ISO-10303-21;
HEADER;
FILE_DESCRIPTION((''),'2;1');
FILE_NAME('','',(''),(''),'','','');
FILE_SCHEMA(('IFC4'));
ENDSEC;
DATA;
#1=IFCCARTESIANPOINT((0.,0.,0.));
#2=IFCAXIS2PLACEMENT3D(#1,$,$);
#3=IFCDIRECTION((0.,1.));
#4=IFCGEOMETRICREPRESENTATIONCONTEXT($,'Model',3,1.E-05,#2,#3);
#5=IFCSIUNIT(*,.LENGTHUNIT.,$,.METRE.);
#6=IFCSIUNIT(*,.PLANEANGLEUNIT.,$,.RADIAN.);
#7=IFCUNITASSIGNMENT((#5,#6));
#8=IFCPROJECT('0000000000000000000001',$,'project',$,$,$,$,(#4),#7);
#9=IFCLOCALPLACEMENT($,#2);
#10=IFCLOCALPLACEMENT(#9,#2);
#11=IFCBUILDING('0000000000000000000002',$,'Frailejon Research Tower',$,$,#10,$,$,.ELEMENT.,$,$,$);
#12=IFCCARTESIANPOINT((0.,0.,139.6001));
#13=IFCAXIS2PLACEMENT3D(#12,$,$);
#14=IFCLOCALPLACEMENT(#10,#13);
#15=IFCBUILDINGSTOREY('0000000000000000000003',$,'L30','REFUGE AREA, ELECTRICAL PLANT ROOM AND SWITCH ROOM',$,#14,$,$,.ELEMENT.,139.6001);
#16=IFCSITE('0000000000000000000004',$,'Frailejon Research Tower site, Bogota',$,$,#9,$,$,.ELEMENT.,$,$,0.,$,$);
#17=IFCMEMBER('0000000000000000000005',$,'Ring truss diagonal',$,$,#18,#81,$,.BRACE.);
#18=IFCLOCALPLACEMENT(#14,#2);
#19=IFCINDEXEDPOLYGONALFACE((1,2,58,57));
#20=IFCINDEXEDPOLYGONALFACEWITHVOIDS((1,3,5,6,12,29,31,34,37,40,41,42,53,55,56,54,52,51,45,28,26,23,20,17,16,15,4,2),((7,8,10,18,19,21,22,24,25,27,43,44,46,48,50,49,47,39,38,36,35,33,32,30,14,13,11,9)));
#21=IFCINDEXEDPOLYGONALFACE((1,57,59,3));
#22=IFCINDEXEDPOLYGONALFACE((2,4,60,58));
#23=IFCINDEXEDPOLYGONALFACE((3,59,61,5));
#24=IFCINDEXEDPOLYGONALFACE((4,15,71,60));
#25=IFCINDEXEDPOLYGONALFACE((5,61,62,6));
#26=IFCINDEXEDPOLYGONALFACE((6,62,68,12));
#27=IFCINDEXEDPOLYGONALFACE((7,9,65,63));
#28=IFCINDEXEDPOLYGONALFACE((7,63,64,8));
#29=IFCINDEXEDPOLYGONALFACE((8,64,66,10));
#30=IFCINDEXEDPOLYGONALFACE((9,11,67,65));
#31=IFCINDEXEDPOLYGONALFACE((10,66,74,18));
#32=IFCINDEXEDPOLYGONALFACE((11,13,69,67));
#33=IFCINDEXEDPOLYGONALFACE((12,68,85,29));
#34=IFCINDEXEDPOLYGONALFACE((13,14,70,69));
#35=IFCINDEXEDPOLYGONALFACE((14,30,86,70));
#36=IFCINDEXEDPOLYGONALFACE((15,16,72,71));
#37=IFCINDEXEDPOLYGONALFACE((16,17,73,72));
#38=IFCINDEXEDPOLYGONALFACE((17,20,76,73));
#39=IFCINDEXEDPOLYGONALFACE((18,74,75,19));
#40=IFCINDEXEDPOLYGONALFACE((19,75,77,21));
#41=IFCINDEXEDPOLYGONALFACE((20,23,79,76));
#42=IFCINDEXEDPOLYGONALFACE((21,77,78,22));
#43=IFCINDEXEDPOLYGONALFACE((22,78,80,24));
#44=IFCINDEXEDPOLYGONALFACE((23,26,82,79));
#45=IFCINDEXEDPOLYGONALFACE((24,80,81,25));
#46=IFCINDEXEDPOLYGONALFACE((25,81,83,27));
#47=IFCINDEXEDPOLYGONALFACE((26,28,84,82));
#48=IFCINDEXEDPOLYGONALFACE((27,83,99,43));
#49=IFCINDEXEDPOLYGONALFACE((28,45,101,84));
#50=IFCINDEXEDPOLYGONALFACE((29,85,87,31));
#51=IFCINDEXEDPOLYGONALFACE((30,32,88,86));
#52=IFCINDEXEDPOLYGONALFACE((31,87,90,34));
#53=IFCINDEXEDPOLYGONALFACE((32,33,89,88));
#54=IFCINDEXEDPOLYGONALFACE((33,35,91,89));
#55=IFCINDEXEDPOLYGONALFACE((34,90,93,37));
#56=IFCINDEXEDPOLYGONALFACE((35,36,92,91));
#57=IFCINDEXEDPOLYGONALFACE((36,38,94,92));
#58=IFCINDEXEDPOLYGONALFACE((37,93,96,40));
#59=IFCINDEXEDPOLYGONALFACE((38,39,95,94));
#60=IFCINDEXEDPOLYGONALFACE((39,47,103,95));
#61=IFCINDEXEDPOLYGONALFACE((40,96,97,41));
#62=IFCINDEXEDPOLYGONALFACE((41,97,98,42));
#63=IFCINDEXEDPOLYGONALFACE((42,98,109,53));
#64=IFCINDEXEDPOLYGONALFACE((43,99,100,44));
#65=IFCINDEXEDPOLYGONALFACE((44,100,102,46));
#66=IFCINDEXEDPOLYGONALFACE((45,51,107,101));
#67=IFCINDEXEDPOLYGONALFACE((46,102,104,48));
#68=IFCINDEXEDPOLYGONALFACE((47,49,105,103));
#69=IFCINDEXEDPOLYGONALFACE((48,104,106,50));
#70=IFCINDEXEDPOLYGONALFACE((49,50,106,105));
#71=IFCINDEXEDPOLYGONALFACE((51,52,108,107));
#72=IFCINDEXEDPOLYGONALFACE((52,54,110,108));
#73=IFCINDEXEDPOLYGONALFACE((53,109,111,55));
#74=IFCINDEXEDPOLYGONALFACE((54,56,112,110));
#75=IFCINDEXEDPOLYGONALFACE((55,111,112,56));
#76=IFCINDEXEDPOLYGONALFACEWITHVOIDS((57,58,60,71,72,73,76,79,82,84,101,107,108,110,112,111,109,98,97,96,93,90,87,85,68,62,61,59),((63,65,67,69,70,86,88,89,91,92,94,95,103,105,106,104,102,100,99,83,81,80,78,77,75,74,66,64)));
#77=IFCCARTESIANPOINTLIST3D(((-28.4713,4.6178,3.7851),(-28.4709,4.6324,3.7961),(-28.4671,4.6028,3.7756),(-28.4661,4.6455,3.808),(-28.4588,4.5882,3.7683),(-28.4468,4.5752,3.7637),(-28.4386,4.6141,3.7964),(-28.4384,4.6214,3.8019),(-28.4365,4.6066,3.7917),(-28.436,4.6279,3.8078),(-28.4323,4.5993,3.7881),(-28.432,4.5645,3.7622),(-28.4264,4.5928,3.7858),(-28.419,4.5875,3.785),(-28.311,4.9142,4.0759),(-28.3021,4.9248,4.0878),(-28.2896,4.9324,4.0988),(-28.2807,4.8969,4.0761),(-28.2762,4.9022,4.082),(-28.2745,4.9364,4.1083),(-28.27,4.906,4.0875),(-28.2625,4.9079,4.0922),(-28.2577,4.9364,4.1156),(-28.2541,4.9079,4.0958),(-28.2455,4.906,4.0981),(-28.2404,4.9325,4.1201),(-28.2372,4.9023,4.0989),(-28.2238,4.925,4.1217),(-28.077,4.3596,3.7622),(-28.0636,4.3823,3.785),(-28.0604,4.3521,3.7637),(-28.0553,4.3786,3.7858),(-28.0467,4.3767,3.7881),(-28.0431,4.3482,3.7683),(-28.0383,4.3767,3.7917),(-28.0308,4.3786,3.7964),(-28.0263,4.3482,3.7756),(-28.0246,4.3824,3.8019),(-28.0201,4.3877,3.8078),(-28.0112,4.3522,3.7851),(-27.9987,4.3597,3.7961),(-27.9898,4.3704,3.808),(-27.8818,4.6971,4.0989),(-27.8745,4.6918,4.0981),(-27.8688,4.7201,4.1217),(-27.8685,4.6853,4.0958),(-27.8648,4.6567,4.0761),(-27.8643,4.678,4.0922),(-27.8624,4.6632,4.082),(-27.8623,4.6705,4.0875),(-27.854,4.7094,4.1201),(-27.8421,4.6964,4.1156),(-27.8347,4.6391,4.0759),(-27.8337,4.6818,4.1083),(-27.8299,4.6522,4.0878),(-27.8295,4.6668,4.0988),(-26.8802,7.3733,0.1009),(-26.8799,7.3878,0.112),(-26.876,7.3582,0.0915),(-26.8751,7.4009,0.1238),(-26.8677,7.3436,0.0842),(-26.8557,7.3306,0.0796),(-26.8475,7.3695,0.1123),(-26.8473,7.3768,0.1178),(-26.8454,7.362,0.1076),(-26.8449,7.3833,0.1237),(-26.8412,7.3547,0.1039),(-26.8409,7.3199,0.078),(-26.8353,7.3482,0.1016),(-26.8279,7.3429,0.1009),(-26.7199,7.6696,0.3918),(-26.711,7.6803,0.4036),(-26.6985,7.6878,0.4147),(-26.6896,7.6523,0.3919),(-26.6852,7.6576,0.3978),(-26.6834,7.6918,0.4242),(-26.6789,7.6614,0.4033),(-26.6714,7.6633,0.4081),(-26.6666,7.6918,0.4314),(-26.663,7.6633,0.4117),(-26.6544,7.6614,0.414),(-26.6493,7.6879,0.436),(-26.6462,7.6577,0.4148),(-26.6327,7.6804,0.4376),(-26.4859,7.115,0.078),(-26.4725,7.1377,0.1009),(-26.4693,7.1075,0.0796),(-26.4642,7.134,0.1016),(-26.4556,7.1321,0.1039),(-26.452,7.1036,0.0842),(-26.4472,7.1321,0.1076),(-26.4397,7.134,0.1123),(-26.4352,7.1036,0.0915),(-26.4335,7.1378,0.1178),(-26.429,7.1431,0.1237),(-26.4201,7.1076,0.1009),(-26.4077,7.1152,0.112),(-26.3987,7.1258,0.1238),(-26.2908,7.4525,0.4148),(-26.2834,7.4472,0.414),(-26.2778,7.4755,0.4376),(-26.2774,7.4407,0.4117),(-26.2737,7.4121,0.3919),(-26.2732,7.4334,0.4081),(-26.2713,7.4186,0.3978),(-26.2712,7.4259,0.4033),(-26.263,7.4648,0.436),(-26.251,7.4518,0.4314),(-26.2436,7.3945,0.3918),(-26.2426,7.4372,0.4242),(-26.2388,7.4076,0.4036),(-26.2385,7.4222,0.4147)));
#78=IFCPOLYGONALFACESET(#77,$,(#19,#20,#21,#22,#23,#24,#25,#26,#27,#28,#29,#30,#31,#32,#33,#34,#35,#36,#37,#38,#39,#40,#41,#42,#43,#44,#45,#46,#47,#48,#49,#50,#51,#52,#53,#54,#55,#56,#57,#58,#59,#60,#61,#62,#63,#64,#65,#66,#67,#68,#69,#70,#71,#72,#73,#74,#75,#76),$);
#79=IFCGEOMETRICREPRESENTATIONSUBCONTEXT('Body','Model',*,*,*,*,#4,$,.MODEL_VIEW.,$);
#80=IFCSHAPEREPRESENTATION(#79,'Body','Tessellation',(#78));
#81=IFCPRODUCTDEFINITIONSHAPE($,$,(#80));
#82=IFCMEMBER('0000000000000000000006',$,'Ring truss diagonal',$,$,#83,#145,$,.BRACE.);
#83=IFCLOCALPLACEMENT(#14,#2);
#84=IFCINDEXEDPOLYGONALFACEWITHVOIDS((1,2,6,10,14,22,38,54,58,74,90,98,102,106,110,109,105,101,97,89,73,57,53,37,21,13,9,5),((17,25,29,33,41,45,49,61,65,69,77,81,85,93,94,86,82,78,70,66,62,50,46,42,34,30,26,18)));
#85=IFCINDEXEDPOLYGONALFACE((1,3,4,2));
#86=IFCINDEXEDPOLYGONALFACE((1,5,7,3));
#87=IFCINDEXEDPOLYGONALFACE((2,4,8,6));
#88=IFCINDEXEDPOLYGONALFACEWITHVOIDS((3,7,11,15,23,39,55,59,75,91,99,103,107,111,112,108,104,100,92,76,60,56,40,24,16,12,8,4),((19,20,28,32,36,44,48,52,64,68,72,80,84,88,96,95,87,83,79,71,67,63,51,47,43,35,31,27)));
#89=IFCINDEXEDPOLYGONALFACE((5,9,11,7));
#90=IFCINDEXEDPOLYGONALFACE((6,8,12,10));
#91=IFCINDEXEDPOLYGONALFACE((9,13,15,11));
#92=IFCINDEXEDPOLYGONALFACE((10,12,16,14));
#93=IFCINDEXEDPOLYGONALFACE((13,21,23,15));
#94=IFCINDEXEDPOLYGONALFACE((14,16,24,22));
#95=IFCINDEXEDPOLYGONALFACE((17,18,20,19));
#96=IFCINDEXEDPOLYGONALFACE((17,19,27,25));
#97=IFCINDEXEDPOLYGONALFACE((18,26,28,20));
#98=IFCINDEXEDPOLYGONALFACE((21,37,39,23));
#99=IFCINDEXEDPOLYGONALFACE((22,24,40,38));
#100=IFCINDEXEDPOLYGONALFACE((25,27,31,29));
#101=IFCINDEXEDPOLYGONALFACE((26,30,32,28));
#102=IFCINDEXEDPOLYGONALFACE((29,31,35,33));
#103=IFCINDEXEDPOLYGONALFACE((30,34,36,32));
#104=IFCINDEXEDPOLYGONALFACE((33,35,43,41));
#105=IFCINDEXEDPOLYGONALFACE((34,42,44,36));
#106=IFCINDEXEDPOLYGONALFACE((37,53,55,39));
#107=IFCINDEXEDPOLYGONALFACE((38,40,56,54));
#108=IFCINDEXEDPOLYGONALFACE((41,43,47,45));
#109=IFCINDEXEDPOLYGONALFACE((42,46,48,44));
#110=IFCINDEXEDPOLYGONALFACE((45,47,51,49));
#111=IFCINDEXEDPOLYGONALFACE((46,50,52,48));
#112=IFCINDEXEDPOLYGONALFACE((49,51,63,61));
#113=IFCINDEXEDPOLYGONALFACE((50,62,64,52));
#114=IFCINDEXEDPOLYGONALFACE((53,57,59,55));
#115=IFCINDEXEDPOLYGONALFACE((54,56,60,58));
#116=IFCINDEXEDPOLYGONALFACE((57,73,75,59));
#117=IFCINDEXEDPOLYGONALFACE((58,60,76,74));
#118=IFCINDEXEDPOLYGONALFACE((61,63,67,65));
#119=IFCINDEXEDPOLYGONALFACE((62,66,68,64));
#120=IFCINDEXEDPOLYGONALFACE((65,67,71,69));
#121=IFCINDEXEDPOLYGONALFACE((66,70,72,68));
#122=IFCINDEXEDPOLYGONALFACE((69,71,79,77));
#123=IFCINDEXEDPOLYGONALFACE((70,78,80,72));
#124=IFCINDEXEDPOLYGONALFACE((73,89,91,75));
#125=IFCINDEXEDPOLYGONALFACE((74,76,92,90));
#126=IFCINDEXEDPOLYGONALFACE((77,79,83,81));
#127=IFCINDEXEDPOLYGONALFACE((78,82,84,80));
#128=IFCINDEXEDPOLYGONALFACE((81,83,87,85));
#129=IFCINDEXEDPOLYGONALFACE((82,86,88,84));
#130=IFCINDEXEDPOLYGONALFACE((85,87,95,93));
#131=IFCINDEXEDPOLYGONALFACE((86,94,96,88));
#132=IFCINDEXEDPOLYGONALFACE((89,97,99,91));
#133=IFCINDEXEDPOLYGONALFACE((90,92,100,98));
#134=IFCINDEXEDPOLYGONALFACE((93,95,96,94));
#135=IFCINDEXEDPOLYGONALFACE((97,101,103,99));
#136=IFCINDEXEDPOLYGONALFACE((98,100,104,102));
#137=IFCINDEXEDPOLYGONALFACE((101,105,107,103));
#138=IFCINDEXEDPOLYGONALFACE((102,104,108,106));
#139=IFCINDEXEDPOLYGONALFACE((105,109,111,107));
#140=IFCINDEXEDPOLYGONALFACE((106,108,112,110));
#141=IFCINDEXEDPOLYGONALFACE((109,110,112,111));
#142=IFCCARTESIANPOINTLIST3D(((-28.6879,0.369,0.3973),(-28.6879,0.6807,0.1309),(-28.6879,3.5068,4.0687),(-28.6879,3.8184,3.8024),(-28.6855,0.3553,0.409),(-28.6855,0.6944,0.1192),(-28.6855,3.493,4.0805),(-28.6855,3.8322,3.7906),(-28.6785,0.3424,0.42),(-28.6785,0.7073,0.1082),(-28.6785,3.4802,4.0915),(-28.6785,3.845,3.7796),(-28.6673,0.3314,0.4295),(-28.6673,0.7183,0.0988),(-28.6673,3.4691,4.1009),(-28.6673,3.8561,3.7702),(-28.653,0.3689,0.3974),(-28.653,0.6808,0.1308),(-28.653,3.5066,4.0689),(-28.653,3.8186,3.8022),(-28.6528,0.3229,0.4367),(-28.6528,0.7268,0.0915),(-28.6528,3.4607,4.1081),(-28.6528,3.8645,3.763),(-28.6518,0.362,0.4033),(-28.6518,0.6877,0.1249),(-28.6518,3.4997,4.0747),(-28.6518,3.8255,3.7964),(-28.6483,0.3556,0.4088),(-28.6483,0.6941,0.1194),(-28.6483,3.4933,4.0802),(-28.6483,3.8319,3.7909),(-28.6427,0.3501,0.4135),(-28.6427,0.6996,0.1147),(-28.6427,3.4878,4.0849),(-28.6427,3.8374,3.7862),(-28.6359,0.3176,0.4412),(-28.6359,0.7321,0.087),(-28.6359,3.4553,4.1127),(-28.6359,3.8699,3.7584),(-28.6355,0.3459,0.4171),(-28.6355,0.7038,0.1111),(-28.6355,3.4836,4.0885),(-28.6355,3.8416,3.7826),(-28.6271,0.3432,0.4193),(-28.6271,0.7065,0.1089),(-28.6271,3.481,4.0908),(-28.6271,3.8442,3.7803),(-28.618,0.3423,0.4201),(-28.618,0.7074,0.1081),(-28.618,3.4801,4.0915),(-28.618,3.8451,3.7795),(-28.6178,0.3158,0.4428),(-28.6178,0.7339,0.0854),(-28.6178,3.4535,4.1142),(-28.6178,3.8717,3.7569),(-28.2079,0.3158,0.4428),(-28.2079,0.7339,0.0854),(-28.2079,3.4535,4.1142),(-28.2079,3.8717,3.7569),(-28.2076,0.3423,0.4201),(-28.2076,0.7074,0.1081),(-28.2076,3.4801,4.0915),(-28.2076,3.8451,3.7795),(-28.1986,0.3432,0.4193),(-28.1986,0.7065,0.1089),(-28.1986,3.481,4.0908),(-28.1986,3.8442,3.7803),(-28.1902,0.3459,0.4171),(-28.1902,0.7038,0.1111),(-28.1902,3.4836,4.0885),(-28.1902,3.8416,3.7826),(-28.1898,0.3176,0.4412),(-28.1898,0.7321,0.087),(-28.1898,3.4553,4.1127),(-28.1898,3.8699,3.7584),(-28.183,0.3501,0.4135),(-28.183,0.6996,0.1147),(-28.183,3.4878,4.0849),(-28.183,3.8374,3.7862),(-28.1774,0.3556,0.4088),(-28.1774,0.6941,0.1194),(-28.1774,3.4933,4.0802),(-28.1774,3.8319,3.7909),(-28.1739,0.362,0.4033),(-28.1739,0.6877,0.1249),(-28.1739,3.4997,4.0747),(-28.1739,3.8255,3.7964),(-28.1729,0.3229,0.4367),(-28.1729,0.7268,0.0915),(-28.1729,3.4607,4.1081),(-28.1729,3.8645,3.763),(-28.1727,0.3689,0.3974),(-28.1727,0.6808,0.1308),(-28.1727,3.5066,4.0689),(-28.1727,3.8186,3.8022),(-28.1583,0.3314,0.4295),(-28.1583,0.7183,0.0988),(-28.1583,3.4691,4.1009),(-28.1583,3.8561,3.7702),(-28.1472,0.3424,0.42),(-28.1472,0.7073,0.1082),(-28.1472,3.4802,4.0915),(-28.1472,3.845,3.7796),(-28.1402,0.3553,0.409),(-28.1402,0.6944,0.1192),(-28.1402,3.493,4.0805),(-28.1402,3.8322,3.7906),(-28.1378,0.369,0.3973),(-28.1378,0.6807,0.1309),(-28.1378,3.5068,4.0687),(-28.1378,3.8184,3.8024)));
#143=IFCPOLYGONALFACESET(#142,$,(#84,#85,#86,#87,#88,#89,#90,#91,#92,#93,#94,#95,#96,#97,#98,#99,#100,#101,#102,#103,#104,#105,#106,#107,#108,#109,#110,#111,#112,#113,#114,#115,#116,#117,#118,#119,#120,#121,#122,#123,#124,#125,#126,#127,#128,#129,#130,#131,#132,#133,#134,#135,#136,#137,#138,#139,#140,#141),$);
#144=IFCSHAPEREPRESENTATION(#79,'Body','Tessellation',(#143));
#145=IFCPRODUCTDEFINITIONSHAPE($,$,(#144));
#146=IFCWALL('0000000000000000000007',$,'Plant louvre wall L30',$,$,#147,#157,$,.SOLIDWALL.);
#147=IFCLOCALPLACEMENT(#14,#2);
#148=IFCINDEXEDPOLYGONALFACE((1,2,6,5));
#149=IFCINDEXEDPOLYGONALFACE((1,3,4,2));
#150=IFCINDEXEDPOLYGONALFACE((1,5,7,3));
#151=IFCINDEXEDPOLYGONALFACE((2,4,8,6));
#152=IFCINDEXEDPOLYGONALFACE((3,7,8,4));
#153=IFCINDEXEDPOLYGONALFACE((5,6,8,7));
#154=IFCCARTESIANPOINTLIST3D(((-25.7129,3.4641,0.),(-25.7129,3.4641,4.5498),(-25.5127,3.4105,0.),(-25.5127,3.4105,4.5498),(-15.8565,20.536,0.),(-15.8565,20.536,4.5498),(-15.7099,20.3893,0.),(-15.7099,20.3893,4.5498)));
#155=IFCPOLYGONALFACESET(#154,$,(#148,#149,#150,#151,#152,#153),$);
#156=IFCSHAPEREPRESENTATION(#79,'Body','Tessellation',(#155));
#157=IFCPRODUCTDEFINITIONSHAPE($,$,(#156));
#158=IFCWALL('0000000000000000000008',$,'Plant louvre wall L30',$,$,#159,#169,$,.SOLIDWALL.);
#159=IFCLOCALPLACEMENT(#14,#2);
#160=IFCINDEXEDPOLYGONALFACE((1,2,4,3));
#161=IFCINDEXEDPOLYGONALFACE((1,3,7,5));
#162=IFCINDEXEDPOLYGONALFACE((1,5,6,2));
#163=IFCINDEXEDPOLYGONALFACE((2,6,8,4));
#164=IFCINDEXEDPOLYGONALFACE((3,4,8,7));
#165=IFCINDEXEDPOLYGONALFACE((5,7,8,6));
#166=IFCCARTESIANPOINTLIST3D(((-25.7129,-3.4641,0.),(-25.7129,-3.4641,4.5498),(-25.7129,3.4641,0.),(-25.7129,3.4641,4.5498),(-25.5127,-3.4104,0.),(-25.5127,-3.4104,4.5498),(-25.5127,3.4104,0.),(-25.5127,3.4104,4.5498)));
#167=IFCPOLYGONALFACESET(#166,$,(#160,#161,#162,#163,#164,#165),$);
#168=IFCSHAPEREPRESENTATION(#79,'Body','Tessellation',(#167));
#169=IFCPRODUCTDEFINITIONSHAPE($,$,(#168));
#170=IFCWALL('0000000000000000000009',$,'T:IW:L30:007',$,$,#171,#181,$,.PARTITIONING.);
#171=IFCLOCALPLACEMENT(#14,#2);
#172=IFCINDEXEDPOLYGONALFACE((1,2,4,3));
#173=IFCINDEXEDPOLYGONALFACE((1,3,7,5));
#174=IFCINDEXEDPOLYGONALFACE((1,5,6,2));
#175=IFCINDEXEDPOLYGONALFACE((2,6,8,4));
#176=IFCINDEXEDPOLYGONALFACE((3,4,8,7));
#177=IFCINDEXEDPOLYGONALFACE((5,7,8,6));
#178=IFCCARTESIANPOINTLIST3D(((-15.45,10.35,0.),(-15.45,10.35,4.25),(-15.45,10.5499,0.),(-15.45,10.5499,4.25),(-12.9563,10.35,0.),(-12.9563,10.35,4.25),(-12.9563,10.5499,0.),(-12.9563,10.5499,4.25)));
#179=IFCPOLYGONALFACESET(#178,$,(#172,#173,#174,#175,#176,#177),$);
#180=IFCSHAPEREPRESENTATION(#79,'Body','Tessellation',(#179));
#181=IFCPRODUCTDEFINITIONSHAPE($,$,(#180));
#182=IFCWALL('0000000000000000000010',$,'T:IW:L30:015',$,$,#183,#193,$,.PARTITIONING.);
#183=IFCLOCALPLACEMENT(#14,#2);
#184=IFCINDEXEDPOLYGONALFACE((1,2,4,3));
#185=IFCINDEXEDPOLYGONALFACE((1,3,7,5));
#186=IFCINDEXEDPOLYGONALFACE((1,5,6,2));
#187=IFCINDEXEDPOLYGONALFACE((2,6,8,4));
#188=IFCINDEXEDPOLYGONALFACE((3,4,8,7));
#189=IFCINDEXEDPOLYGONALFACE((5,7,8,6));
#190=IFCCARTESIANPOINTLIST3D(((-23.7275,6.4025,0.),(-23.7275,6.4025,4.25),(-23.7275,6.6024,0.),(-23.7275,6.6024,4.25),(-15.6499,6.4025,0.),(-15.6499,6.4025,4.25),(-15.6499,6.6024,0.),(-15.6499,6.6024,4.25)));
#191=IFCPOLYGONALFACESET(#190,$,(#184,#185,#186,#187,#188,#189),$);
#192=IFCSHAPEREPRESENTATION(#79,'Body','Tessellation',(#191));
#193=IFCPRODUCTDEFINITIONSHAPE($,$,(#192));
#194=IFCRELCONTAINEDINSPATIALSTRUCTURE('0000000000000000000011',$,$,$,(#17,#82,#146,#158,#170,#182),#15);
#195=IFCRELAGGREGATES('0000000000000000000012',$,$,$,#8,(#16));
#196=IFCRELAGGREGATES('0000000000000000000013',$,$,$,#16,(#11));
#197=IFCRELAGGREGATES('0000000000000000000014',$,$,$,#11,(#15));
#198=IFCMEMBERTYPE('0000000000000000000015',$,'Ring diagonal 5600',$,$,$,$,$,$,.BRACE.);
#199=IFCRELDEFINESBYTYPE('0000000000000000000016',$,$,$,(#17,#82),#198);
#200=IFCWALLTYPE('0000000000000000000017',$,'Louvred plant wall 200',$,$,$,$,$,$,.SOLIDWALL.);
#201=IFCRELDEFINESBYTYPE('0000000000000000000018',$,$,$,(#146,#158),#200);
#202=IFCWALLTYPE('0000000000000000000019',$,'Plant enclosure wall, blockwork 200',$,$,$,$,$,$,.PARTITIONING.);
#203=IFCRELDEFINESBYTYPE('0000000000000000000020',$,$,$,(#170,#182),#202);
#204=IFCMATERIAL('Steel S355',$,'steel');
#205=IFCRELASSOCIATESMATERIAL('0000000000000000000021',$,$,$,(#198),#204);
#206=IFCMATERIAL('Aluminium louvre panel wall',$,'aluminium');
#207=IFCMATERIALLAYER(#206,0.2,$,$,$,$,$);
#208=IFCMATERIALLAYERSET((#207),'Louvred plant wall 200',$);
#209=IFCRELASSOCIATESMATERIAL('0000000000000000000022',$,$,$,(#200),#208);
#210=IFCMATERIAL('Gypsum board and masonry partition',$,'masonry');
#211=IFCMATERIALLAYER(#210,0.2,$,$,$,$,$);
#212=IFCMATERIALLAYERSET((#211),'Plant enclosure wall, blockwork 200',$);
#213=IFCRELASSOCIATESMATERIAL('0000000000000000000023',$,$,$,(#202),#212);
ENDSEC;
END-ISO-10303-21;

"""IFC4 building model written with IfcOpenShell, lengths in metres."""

from ifc_helpers import new_model, si_unit, direction, frame, frame_2d, origin, origin_2d, place, context, subcontext, project, spatial, polyline, rectangle, hollow_rectangle, outline, extrude, material, layer, layer_set, material_profile, profile_set, type_object, element, save


model = new_model("IFC4")

# Units and contexts
model_context = context("Model", 3, precision=1e-05, world=origin(), true_north=direction((0.0, 1.0)))
body_context = subcontext(model_context, "Body", "Model", "MODEL_VIEW")
ifc_project = project(units=[si_unit("LENGTHUNIT", "METRE"), si_unit("PLANEANGLEUNIT", "RADIAN")], contexts=[model_context])

# Site, building, storey
site_placement = place(None, origin())
site = spatial("IfcSite", under=ifc_project, at=site_placement, Name="Frailejon Research Tower site, Bogota", CompositionType="ELEMENT", RefElevation=0.0)
building_placement = place(site_placement, origin())
building = spatial("IfcBuilding", under=site, at=building_placement, Name="Frailejon Research Tower", CompositionType="ELEMENT")
storey_placement = place(building_placement, frame((0.0, 0.0, 139.6001)))
storey = spatial("IfcBuildingStorey", under=building, at=storey_placement, Name="L30", Description="REFUGE AREA, ELECTRICAL PLANT ROOM AND SWITCH ROOM", CompositionType="ELEMENT", Elevation=139.6001)

# Members
ifc_material_1 = material(Name="Steel S355", Category="steel")
ifc_material_profile_1 = material_profile(ifc_material_1, hollow_rectangle(XDim=0.55, YDim=0.55, WallThickness=0.0349, InnerFilletRadius=0.0349, OuterFilletRadius=0.0701, at=origin_2d()), Name="Ring diagonal 5600")
ifc_profile_set_1 = profile_set([ifc_material_profile_1], Name="Steel S355")
member_type = type_object("IfcMemberType", Name="Ring diagonal 5600", PredefinedType="BRACE", material=ifc_profile_set_1)
for number, where, z_axis, x_axis, name in (
    (1, (-26.5593, 7.3977, 0.2578), (-0.326851, -0.566034, 0.756818), (0.865991, -0.500059, 0.0), "Ring truss diagonal"),
):
    element("IfcMember", number, at=place(storey_placement, frame(where, z_axis=z_axis, x_axis=x_axis)), inside=storey, type_object=member_type, Name=name, PredefinedType="BRACE", context=body_context, shape_type="SweptSolid", body=[
        extrude(hollow_rectangle(XDim=0.55, YDim=0.55, WallThickness=0.0349, InnerFilletRadius=0.0349, OuterFilletRadius=0.0701, at=origin_2d()), origin(), (0.0, 0.0, 1.0), 4.8679),
    ])
member_1_placement = place(storey_placement, frame((-28.4128, 3.6626, 3.9355), z_axis=(0.0, -0.649692, -0.760198), x_axis=(1.0, 0.0, 0.0)))
element("IfcMember", 2, at=member_1_placement, inside=storey, type_object=member_type, Name="Ring truss diagonal", PredefinedType="BRACE", context=body_context, shape_type="SweptSolid", body=[
    extrude(hollow_rectangle(XDim=0.55, YDim=0.55, WallThickness=0.0349, InnerFilletRadius=0.0349, OuterFilletRadius=0.0701, at=origin_2d()), origin(), (0.0, 0.0, 1.0), 4.8296),
])

# Walls
ifc_material_2 = material(Name="Aluminium louvre panel wall", Category="aluminium")
ifc_layer_1 = layer(ifc_material_2, 0.2)
ifc_layer_set_1 = layer_set([ifc_layer_1], Name="Louvred plant wall 200")
wall_type_1 = type_object("IfcWallType", Name="Louvred plant wall 200", PredefinedType="SOLIDWALL", material=ifc_layer_set_1)
wall_1_placement = place(storey_placement, frame((-15.7832, 20.4626, 0.0), z_axis=(0.0, 0.0, 1.0), x_axis=(-0.499999, -0.866026, 0.0)))
element("IfcWall", 3, at=wall_1_placement, inside=storey, type_object=wall_type_1, Name="Plant louvre wall L30", PredefinedType="SOLIDWALL", context=body_context, shape_type="SweptSolid", body=[
    extrude(outline(polyline([(-0.0269, -0.1001), (19.686, -0.1001), (19.6323, 0.1001), (0.0269, 0.1001), (-0.0269, -0.1001)])), origin(), (0.0, 0.0, 1.0), 4.5498),
])
wall_2_placement = place(storey_placement, frame((-25.6128, 3.4373, 0.0), z_axis=(0.0, 0.0, 1.0), x_axis=(0.0, -1.0, 0.0)))
element("IfcWall", 4, at=wall_2_placement, inside=storey, type_object=wall_type_1, Name="Plant louvre wall L30", PredefinedType="SOLIDWALL", context=body_context, shape_type="SweptSolid", body=[
    extrude(outline(polyline([(-0.0269, -0.1001), (6.9014, -0.1001), (6.8477, 0.1001), (0.0269, 0.1001), (-0.0269, -0.1001)])), origin(), (0.0, 0.0, 1.0), 4.5498),
])
ifc_material_3 = material(Name="Gypsum board and masonry partition", Category="masonry")
ifc_layer_2 = layer(ifc_material_3, 0.2)
ifc_layer_set_2 = layer_set([ifc_layer_2], Name="Plant enclosure wall, blockwork 200")
wall_type_2 = type_object("IfcWallType", Name="Plant enclosure wall, blockwork 200", PredefinedType="PARTITIONING", material=ifc_layer_set_2)
wall_3_placement = place(storey_placement, frame((-15.45, 10.45, 0.0), z_axis=(0.0, 0.0, 1.0), x_axis=(1.0, 0.0, 0.0)))
element("IfcWall", 5, at=wall_3_placement, inside=storey, type_object=wall_type_2, Name="T:IW:L30:007", PredefinedType="PARTITIONING", context=body_context, shape_type="SweptSolid", body=[
    extrude(rectangle(XDim=2.4937, YDim=0.2, at=frame_2d((1.2468, 0.0))), origin(), (0.0, 0.0, 1.0), 4.25),
])
wall_4_placement = place(storey_placement, frame((-23.7275, 6.5024, 0.0), z_axis=(0.0, 0.0, 1.0), x_axis=(1.0, 0.0, 0.0)))
element("IfcWall", 6, at=wall_4_placement, inside=storey, type_object=wall_type_2, Name="T:IW:L30:015", PredefinedType="PARTITIONING", context=body_context, shape_type="SweptSolid", body=[
    extrude(rectangle(XDim=8.0776, YDim=0.2, at=frame_2d((4.0388, 0.0))), origin(), (0.0, 0.0, 1.0), 4.25),
])

save(model, "model.ifc")
